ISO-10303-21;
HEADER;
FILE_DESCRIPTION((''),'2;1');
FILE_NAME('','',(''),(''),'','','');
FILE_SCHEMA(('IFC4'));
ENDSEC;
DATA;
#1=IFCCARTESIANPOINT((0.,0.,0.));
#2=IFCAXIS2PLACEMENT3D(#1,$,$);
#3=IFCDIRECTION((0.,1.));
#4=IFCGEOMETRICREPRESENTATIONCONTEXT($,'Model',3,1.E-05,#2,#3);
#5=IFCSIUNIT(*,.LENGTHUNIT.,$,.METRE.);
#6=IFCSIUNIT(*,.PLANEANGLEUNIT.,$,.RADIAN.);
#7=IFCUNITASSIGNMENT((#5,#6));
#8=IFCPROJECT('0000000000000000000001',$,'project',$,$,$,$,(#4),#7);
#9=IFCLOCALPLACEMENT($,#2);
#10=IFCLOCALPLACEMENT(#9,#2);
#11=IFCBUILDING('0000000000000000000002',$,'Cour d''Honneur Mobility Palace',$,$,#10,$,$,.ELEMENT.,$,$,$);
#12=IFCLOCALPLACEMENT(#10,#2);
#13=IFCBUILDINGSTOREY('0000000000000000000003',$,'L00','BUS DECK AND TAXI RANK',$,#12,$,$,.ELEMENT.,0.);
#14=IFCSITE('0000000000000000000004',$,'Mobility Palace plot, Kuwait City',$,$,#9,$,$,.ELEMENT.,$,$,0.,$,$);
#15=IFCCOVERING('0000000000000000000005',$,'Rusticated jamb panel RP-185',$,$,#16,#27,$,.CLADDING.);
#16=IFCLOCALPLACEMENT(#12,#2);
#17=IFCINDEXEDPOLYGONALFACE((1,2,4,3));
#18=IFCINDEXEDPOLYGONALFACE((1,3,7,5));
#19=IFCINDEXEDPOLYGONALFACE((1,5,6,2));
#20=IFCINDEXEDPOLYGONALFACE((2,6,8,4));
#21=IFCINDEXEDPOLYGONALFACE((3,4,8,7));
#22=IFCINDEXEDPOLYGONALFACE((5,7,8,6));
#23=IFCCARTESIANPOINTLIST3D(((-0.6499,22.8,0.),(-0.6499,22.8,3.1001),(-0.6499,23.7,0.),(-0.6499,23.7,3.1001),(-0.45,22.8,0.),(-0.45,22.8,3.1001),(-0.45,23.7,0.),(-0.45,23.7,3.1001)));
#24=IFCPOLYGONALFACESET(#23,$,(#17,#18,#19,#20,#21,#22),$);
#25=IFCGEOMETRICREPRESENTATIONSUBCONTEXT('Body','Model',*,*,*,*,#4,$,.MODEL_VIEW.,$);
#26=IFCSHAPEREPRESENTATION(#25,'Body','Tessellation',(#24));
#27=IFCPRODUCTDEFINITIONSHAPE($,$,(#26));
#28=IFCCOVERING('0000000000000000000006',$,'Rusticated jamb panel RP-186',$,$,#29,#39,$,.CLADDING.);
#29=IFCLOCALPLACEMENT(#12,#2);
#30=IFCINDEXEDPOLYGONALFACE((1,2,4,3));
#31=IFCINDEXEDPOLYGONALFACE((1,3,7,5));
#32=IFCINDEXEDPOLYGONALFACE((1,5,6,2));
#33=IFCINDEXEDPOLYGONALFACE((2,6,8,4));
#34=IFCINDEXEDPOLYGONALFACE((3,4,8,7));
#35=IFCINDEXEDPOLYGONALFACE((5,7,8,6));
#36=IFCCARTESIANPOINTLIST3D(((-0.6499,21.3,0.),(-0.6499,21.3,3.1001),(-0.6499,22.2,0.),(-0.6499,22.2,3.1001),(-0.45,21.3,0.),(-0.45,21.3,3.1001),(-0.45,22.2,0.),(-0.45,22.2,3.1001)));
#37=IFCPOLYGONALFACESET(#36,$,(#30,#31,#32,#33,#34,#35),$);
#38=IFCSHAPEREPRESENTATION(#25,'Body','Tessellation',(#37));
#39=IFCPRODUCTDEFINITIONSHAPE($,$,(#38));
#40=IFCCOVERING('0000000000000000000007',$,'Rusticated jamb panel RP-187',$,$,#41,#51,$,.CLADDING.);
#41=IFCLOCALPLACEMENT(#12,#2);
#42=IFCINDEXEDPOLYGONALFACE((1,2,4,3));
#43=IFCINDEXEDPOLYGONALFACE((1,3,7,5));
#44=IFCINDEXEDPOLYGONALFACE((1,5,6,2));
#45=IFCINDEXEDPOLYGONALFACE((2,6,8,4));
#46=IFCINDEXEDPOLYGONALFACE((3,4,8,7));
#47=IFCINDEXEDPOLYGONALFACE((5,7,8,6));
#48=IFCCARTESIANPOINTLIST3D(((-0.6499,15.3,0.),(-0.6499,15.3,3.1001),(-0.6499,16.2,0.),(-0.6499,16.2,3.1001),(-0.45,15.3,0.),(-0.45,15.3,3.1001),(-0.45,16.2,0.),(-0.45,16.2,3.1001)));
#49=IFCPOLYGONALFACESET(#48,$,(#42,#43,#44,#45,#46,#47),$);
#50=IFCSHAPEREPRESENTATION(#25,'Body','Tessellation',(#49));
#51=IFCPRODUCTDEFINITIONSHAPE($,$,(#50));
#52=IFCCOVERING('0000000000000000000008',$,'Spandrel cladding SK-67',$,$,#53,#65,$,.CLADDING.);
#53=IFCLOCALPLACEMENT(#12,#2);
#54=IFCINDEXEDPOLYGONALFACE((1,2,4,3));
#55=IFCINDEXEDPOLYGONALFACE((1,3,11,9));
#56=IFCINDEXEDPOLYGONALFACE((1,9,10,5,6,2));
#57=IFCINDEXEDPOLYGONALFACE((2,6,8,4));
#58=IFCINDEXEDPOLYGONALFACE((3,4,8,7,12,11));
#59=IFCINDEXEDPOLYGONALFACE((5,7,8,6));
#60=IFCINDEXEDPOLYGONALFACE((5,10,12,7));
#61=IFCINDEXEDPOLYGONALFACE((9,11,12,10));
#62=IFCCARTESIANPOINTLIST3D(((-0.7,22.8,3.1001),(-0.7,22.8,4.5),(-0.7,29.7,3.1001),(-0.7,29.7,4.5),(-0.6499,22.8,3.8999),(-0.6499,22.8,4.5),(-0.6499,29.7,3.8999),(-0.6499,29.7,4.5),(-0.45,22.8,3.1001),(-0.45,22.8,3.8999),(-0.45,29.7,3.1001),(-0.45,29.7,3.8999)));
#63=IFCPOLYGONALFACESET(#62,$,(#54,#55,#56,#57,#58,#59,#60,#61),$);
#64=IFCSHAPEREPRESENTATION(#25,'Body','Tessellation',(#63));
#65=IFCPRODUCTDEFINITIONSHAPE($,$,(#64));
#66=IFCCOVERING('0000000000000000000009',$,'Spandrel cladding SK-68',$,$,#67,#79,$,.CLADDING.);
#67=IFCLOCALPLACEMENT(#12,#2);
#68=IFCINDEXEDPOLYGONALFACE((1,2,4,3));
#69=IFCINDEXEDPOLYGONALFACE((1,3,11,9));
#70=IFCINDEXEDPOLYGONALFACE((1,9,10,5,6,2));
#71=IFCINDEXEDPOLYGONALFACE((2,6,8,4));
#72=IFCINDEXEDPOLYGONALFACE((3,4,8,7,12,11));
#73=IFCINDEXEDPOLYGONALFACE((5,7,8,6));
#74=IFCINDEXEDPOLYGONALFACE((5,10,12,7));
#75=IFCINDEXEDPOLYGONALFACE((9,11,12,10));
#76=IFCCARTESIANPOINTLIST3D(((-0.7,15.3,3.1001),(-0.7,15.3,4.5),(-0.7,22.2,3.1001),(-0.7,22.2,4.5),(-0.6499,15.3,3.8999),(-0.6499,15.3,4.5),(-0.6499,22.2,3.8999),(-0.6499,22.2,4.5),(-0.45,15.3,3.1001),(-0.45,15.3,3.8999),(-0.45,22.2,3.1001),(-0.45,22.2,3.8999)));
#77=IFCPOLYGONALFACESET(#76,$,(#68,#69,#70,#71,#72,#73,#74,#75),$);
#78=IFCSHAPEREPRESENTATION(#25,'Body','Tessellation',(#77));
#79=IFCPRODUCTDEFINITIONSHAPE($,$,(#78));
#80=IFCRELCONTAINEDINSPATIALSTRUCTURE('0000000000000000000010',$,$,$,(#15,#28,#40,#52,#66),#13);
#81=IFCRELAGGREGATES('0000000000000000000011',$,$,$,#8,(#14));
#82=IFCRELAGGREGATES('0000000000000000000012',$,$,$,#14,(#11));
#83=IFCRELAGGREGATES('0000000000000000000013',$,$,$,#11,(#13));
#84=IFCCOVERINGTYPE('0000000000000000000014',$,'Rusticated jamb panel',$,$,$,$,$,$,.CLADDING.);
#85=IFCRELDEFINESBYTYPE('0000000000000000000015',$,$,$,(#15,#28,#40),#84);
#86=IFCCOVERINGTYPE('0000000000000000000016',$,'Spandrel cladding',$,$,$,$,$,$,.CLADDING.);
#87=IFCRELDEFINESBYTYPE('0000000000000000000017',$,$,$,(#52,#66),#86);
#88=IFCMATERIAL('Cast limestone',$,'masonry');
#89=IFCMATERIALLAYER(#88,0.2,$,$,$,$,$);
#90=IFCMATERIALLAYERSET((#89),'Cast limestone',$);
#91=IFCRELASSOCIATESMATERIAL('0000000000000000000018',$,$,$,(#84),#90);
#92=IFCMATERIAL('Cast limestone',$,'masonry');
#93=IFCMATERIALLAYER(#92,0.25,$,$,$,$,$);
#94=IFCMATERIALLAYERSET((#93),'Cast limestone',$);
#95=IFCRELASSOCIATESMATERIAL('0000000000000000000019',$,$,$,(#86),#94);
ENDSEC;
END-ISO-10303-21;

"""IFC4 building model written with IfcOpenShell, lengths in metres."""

from ifc_helpers import new_model, si_unit, direction, frame, origin, place, context, subcontext, project, spatial, polyline, outline, extrude, material, layer, layer_set, type_object, element, save


model = new_model("IFC4")

# Units and contexts
model_context = context("Model", 3, precision=1e-05, world=origin(), true_north=direction((0.0, 1.0)))
body_context = subcontext(model_context, "Body", "Model", "MODEL_VIEW")
ifc_project = project(units=[si_unit("LENGTHUNIT", "METRE"), si_unit("PLANEANGLEUNIT", "RADIAN")], contexts=[model_context])

# Site, building, storey
site_placement = place(None, origin())
site = spatial("IfcSite", under=ifc_project, at=site_placement, Name="Mobility Palace plot, Kuwait City", CompositionType="ELEMENT", RefElevation=0.0)
building_placement = place(site_placement, origin())
building = spatial("IfcBuilding", under=site, at=building_placement, Name="Cour d'Honneur Mobility Palace", CompositionType="ELEMENT")
storey_placement = place(building_placement, origin())
storey = spatial("IfcBuildingStorey", under=building, at=storey_placement, Name="L00", Description="BUS DECK AND TAXI RANK", CompositionType="ELEMENT", Elevation=0.0)

# Coverings
ifc_material_1 = material(Name="Cast limestone", Category="masonry")
ifc_layer_1 = layer(ifc_material_1, 0.2)
ifc_layer_set_1 = layer_set([ifc_layer_1], Name="Cast limestone")
covering_type_1 = type_object("IfcCoveringType", Name="Rusticated jamb panel", PredefinedType="CLADDING", material=ifc_layer_set_1)
for number, where, z_axis, x_axis, name in (
    (1, (-0.6499, 23.7, 0.0), (-1.0, 0.0, 0.0), (0.0, -1.0, 0.0), "Rusticated jamb panel RP-185"),
    (2, (-0.6499, 22.2, 0.0), (-1.0, 0.0, 0.0), (0.0, -1.0, 0.0), "Rusticated jamb panel RP-186"),
    (3, (-0.6499, 16.2, 0.0), (-1.0, 0.0, 0.0), (0.0, -1.0, 0.0), "Rusticated jamb panel RP-187"),
):
    element("IfcCovering", number, at=place(storey_placement, frame(where, z_axis=z_axis, x_axis=x_axis)), inside=storey, type_object=covering_type_1, Name=name, PredefinedType="CLADDING", context=body_context, shape_type="SweptSolid", body=[
        extrude(outline(polyline([(0.0, 0.0), (0.8999, 0.0), (0.8999, 3.1001), (0.0, 3.1001), (0.0, 0.0)])), origin(), (0.0, 0.0, -1.0), 0.2),
    ])
ifc_material_2 = material(Name="Cast limestone", Category="masonry")
ifc_layer_2 = layer(ifc_material_2, 0.25)
ifc_layer_set_2 = layer_set([ifc_layer_2], Name="Cast limestone")
covering_type_2 = type_object("IfcCoveringType", Name="Spandrel cladding", PredefinedType="CLADDING", material=ifc_layer_set_2)
for number, where, z_axis, x_axis, name in (
    (4, (-0.45, 29.7, 3.1001), (0.0, 1.0, 0.0), (-1.0, 0.0, 0.0), "Spandrel cladding SK-67"),
    (5, (-0.45, 22.2, 3.1001), (0.0, 1.0, 0.0), (-1.0, 0.0, 0.0), "Spandrel cladding SK-68"),
):
    element("IfcCovering", number, at=place(storey_placement, frame(where, z_axis=z_axis, x_axis=x_axis)), inside=storey, type_object=covering_type_2, Name=name, PredefinedType="CLADDING", context=body_context, shape_type="SweptSolid", body=[
        extrude(outline(polyline([(0.0, 0.0), (0.25, 0.0), (0.25, 1.3999), (0.2, 1.3999), (0.2, 0.7998), (0.0, 0.7998), (0.0, 0.0)])), origin(), (0.0, 0.0, -1.0), 6.8999),
    ])

save(model, "model.ifc")
